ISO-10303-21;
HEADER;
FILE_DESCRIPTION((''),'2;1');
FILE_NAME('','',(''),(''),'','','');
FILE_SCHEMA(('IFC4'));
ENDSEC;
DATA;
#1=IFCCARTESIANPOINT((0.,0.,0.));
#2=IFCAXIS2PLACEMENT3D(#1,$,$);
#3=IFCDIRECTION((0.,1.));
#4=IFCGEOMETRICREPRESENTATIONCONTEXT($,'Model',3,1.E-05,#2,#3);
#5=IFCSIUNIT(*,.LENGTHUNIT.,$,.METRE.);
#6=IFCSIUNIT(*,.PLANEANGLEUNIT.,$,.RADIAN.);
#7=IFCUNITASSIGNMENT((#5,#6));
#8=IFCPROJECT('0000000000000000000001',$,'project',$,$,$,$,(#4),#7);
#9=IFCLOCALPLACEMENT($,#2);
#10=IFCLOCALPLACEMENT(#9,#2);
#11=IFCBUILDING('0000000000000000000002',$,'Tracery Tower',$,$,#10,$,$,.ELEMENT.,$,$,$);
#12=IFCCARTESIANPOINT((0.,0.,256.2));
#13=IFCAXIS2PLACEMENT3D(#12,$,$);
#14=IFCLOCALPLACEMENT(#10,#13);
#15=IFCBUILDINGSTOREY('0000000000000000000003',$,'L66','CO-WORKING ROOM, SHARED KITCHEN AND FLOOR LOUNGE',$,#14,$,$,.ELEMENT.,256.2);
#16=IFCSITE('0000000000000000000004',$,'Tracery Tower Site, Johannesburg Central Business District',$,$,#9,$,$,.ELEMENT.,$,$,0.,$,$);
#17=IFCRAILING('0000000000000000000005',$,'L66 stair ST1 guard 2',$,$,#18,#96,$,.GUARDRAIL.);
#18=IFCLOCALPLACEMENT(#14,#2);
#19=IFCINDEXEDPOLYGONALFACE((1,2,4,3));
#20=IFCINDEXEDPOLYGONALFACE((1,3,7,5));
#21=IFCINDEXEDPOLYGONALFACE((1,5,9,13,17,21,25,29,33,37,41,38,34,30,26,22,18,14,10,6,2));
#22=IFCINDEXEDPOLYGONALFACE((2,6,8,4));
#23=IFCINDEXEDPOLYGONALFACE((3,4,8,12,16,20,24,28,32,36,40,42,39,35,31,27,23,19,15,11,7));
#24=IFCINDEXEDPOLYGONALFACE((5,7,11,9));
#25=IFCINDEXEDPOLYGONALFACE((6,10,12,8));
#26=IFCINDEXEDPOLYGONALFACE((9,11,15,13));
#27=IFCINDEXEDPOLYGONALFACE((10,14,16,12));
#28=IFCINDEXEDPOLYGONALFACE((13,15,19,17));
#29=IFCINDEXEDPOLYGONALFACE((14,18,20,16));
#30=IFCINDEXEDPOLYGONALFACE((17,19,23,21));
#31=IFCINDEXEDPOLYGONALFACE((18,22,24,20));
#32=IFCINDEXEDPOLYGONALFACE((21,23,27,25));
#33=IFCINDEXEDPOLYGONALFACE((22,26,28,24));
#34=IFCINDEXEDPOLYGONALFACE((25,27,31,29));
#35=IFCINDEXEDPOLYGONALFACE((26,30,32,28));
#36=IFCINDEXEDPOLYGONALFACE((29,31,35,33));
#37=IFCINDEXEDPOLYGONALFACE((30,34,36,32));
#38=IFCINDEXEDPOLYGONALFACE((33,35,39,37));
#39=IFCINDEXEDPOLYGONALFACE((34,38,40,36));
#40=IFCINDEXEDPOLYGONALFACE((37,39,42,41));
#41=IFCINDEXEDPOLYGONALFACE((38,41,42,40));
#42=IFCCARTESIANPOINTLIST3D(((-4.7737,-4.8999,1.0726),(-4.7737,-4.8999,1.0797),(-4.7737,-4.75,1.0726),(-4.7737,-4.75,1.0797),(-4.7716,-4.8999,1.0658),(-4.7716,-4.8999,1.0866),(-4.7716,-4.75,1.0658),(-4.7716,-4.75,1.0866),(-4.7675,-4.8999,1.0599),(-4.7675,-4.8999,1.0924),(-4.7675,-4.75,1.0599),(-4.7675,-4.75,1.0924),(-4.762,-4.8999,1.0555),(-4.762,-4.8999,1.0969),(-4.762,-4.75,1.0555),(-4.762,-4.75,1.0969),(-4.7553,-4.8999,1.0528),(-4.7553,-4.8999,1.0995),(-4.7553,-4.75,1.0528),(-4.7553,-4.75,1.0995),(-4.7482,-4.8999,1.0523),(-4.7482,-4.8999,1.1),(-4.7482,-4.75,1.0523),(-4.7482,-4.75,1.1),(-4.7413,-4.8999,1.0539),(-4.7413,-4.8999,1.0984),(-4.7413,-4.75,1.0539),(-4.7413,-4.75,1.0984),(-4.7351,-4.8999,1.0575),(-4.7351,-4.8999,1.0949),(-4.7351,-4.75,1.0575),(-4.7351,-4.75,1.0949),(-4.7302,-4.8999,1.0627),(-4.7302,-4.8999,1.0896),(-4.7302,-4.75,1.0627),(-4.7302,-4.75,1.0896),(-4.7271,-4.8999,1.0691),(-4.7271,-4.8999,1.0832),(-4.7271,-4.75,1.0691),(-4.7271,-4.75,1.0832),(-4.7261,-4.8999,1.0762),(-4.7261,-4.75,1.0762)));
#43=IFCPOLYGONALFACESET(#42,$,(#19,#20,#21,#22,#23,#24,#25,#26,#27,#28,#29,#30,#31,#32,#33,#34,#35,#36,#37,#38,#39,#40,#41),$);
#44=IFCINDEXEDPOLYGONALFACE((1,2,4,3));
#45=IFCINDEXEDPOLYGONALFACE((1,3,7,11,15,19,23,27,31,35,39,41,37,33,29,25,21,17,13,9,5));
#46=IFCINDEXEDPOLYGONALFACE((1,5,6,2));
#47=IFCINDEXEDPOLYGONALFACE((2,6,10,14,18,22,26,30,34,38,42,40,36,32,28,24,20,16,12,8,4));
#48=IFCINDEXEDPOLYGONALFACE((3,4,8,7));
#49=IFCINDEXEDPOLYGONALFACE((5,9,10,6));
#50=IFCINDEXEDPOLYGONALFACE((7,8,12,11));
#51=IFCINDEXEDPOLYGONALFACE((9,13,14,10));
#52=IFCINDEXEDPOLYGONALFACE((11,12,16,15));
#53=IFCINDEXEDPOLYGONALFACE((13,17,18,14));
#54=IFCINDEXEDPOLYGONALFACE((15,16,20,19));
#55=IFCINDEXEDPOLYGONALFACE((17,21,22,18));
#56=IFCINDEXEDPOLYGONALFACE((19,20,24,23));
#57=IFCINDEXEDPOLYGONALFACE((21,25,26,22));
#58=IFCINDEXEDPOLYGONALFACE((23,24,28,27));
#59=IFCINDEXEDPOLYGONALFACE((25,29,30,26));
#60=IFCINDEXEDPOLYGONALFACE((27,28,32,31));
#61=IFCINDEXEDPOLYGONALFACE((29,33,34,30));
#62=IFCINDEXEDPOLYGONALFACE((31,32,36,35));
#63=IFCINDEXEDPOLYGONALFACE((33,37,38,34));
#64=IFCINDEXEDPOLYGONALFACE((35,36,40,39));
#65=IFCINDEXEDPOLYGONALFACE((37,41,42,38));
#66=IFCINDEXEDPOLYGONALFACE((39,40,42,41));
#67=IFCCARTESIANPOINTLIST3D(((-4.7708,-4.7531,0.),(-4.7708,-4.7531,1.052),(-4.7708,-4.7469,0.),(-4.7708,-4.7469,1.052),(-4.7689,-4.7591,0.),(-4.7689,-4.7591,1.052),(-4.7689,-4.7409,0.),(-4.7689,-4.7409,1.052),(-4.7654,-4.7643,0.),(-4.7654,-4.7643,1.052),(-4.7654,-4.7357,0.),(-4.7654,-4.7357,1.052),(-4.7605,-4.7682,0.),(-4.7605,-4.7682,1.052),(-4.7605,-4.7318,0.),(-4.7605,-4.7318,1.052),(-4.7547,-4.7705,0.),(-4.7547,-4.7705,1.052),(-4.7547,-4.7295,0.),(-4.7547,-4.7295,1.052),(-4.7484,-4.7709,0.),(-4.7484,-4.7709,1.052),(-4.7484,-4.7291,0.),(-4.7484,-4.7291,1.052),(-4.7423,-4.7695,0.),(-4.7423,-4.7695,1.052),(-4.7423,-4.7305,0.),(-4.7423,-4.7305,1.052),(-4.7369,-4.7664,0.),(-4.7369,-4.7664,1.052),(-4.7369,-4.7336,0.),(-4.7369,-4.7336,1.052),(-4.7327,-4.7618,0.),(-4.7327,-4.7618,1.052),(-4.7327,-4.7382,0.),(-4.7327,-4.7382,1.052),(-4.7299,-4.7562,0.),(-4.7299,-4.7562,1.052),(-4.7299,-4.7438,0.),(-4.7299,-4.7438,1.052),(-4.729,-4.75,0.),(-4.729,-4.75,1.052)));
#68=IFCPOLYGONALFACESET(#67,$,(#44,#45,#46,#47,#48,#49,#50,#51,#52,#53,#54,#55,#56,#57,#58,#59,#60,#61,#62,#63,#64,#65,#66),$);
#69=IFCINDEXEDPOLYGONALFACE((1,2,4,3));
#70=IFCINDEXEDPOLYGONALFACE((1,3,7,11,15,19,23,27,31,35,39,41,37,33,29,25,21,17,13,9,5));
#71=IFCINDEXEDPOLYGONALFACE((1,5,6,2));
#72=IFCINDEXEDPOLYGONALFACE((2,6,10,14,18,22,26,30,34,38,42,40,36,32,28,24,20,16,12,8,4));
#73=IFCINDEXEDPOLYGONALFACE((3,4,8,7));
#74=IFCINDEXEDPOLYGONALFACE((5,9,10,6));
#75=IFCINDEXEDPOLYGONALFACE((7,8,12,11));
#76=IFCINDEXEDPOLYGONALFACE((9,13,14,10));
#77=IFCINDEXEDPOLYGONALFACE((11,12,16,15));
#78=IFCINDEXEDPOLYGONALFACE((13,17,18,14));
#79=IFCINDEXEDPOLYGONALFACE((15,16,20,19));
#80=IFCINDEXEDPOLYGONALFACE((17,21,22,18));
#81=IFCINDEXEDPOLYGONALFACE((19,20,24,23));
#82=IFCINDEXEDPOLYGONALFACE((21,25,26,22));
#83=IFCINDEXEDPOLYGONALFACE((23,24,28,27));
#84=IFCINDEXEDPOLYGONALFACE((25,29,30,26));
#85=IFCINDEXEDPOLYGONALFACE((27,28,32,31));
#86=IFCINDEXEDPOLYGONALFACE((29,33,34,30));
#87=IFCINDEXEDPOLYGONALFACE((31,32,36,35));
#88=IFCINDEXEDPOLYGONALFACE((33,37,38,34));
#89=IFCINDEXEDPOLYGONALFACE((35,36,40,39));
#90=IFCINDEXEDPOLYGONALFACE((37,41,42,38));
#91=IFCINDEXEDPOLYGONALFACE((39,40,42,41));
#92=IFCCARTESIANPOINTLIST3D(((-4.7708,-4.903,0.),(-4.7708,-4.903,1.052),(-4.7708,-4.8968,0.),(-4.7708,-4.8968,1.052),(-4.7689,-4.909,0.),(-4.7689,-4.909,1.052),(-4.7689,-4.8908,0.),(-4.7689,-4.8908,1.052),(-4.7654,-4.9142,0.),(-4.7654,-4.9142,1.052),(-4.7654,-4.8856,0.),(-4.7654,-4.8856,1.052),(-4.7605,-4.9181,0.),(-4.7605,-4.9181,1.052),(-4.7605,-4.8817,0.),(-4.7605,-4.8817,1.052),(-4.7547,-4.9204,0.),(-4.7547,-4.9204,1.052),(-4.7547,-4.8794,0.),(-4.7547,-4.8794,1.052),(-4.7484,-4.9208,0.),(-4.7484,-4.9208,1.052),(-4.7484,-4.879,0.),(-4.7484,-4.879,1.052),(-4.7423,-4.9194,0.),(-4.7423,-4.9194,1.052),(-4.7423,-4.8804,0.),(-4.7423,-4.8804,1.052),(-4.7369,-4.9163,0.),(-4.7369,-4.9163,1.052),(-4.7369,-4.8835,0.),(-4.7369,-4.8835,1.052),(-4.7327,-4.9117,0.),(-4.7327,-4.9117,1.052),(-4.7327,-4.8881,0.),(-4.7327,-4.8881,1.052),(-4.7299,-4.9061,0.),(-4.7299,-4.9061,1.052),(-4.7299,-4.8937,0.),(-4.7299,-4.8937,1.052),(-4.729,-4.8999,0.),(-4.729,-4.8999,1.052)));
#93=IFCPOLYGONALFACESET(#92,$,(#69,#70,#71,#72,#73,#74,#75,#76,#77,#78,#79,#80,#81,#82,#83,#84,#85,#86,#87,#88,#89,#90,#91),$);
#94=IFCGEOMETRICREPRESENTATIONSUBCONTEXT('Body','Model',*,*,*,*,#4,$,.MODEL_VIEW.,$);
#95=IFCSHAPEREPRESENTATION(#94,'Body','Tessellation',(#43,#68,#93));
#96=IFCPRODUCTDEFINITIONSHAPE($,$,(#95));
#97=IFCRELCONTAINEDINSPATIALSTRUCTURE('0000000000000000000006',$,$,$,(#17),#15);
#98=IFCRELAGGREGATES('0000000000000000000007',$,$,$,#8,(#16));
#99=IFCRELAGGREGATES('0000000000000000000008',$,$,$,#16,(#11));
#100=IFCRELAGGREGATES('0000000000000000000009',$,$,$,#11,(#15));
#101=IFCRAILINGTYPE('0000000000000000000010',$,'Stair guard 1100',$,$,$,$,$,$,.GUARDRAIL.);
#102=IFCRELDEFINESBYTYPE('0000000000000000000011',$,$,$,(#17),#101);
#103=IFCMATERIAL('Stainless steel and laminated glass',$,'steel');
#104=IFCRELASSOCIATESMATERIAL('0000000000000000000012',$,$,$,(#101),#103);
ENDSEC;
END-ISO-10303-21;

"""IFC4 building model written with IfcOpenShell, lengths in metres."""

from ifc_helpers import new_model, si_unit, direction, frame, origin, origin_2d, place, context, subcontext, project, spatial, circle, extrude, material, type_object, element, save


model = new_model("IFC4")

# Units and contexts
model_context = context("Model", 3, precision=1e-05, world=origin(), true_north=direction((0.0, 1.0)))
body_context = subcontext(model_context, "Body", "Model", "MODEL_VIEW")
ifc_project = project(units=[si_unit("LENGTHUNIT", "METRE"), si_unit("PLANEANGLEUNIT", "RADIAN")], contexts=[model_context])

# Site, building, storey
site_placement = place(None, origin())
site = spatial("IfcSite", under=ifc_project, at=site_placement, Name="Tracery Tower Site, Johannesburg Central Business District", CompositionType="ELEMENT", RefElevation=0.0)
building_placement = place(site_placement, origin())
building = spatial("IfcBuilding", under=site, at=building_placement, Name="Tracery Tower", CompositionType="ELEMENT")
storey_placement = place(building_placement, frame((0.0, 0.0, 256.2)))
storey = spatial("IfcBuildingStorey", under=building, at=storey_placement, Name="L66", Description="CO-WORKING ROOM, SHARED KITCHEN AND FLOOR LOUNGE", CompositionType="ELEMENT", Elevation=256.2)

# Railing
ifc_material_1 = material(Name="Stainless steel and laminated glass", Category="steel")
railing_type_1 = type_object("IfcRailingType", Name="Stair guard 1100", PredefinedType="GUARDRAIL", material=ifc_material_1)
railing_1_placement = place(storey_placement, frame((-4.75, -4.75, 0.0)))
element("IfcRailing", 1, at=railing_1_placement, inside=storey, type_object=railing_type_1, Name="L66 stair ST1 guard 2", PredefinedType="GUARDRAIL", context=body_context, shape_type="SweptSolid", body=[
    extrude(circle(Radius=0.0239, at=origin_2d()), frame((0.0, 0.0, 1.0762), z_axis=(0.0, -1.0, 0.0), x_axis=(1.0, 0.0, 0.0)), (0.0, 0.0, 1.0), 0.1499),
    extrude(circle(Radius=0.021, at=origin_2d()), origin(), (0.0, 0.0, 1.0), 1.052),
    extrude(circle(Radius=0.021, at=origin_2d()), frame((0.0, -0.1499, 0.0)), (0.0, 0.0, 1.0), 1.052),
])

save(model, "model.ifc")
